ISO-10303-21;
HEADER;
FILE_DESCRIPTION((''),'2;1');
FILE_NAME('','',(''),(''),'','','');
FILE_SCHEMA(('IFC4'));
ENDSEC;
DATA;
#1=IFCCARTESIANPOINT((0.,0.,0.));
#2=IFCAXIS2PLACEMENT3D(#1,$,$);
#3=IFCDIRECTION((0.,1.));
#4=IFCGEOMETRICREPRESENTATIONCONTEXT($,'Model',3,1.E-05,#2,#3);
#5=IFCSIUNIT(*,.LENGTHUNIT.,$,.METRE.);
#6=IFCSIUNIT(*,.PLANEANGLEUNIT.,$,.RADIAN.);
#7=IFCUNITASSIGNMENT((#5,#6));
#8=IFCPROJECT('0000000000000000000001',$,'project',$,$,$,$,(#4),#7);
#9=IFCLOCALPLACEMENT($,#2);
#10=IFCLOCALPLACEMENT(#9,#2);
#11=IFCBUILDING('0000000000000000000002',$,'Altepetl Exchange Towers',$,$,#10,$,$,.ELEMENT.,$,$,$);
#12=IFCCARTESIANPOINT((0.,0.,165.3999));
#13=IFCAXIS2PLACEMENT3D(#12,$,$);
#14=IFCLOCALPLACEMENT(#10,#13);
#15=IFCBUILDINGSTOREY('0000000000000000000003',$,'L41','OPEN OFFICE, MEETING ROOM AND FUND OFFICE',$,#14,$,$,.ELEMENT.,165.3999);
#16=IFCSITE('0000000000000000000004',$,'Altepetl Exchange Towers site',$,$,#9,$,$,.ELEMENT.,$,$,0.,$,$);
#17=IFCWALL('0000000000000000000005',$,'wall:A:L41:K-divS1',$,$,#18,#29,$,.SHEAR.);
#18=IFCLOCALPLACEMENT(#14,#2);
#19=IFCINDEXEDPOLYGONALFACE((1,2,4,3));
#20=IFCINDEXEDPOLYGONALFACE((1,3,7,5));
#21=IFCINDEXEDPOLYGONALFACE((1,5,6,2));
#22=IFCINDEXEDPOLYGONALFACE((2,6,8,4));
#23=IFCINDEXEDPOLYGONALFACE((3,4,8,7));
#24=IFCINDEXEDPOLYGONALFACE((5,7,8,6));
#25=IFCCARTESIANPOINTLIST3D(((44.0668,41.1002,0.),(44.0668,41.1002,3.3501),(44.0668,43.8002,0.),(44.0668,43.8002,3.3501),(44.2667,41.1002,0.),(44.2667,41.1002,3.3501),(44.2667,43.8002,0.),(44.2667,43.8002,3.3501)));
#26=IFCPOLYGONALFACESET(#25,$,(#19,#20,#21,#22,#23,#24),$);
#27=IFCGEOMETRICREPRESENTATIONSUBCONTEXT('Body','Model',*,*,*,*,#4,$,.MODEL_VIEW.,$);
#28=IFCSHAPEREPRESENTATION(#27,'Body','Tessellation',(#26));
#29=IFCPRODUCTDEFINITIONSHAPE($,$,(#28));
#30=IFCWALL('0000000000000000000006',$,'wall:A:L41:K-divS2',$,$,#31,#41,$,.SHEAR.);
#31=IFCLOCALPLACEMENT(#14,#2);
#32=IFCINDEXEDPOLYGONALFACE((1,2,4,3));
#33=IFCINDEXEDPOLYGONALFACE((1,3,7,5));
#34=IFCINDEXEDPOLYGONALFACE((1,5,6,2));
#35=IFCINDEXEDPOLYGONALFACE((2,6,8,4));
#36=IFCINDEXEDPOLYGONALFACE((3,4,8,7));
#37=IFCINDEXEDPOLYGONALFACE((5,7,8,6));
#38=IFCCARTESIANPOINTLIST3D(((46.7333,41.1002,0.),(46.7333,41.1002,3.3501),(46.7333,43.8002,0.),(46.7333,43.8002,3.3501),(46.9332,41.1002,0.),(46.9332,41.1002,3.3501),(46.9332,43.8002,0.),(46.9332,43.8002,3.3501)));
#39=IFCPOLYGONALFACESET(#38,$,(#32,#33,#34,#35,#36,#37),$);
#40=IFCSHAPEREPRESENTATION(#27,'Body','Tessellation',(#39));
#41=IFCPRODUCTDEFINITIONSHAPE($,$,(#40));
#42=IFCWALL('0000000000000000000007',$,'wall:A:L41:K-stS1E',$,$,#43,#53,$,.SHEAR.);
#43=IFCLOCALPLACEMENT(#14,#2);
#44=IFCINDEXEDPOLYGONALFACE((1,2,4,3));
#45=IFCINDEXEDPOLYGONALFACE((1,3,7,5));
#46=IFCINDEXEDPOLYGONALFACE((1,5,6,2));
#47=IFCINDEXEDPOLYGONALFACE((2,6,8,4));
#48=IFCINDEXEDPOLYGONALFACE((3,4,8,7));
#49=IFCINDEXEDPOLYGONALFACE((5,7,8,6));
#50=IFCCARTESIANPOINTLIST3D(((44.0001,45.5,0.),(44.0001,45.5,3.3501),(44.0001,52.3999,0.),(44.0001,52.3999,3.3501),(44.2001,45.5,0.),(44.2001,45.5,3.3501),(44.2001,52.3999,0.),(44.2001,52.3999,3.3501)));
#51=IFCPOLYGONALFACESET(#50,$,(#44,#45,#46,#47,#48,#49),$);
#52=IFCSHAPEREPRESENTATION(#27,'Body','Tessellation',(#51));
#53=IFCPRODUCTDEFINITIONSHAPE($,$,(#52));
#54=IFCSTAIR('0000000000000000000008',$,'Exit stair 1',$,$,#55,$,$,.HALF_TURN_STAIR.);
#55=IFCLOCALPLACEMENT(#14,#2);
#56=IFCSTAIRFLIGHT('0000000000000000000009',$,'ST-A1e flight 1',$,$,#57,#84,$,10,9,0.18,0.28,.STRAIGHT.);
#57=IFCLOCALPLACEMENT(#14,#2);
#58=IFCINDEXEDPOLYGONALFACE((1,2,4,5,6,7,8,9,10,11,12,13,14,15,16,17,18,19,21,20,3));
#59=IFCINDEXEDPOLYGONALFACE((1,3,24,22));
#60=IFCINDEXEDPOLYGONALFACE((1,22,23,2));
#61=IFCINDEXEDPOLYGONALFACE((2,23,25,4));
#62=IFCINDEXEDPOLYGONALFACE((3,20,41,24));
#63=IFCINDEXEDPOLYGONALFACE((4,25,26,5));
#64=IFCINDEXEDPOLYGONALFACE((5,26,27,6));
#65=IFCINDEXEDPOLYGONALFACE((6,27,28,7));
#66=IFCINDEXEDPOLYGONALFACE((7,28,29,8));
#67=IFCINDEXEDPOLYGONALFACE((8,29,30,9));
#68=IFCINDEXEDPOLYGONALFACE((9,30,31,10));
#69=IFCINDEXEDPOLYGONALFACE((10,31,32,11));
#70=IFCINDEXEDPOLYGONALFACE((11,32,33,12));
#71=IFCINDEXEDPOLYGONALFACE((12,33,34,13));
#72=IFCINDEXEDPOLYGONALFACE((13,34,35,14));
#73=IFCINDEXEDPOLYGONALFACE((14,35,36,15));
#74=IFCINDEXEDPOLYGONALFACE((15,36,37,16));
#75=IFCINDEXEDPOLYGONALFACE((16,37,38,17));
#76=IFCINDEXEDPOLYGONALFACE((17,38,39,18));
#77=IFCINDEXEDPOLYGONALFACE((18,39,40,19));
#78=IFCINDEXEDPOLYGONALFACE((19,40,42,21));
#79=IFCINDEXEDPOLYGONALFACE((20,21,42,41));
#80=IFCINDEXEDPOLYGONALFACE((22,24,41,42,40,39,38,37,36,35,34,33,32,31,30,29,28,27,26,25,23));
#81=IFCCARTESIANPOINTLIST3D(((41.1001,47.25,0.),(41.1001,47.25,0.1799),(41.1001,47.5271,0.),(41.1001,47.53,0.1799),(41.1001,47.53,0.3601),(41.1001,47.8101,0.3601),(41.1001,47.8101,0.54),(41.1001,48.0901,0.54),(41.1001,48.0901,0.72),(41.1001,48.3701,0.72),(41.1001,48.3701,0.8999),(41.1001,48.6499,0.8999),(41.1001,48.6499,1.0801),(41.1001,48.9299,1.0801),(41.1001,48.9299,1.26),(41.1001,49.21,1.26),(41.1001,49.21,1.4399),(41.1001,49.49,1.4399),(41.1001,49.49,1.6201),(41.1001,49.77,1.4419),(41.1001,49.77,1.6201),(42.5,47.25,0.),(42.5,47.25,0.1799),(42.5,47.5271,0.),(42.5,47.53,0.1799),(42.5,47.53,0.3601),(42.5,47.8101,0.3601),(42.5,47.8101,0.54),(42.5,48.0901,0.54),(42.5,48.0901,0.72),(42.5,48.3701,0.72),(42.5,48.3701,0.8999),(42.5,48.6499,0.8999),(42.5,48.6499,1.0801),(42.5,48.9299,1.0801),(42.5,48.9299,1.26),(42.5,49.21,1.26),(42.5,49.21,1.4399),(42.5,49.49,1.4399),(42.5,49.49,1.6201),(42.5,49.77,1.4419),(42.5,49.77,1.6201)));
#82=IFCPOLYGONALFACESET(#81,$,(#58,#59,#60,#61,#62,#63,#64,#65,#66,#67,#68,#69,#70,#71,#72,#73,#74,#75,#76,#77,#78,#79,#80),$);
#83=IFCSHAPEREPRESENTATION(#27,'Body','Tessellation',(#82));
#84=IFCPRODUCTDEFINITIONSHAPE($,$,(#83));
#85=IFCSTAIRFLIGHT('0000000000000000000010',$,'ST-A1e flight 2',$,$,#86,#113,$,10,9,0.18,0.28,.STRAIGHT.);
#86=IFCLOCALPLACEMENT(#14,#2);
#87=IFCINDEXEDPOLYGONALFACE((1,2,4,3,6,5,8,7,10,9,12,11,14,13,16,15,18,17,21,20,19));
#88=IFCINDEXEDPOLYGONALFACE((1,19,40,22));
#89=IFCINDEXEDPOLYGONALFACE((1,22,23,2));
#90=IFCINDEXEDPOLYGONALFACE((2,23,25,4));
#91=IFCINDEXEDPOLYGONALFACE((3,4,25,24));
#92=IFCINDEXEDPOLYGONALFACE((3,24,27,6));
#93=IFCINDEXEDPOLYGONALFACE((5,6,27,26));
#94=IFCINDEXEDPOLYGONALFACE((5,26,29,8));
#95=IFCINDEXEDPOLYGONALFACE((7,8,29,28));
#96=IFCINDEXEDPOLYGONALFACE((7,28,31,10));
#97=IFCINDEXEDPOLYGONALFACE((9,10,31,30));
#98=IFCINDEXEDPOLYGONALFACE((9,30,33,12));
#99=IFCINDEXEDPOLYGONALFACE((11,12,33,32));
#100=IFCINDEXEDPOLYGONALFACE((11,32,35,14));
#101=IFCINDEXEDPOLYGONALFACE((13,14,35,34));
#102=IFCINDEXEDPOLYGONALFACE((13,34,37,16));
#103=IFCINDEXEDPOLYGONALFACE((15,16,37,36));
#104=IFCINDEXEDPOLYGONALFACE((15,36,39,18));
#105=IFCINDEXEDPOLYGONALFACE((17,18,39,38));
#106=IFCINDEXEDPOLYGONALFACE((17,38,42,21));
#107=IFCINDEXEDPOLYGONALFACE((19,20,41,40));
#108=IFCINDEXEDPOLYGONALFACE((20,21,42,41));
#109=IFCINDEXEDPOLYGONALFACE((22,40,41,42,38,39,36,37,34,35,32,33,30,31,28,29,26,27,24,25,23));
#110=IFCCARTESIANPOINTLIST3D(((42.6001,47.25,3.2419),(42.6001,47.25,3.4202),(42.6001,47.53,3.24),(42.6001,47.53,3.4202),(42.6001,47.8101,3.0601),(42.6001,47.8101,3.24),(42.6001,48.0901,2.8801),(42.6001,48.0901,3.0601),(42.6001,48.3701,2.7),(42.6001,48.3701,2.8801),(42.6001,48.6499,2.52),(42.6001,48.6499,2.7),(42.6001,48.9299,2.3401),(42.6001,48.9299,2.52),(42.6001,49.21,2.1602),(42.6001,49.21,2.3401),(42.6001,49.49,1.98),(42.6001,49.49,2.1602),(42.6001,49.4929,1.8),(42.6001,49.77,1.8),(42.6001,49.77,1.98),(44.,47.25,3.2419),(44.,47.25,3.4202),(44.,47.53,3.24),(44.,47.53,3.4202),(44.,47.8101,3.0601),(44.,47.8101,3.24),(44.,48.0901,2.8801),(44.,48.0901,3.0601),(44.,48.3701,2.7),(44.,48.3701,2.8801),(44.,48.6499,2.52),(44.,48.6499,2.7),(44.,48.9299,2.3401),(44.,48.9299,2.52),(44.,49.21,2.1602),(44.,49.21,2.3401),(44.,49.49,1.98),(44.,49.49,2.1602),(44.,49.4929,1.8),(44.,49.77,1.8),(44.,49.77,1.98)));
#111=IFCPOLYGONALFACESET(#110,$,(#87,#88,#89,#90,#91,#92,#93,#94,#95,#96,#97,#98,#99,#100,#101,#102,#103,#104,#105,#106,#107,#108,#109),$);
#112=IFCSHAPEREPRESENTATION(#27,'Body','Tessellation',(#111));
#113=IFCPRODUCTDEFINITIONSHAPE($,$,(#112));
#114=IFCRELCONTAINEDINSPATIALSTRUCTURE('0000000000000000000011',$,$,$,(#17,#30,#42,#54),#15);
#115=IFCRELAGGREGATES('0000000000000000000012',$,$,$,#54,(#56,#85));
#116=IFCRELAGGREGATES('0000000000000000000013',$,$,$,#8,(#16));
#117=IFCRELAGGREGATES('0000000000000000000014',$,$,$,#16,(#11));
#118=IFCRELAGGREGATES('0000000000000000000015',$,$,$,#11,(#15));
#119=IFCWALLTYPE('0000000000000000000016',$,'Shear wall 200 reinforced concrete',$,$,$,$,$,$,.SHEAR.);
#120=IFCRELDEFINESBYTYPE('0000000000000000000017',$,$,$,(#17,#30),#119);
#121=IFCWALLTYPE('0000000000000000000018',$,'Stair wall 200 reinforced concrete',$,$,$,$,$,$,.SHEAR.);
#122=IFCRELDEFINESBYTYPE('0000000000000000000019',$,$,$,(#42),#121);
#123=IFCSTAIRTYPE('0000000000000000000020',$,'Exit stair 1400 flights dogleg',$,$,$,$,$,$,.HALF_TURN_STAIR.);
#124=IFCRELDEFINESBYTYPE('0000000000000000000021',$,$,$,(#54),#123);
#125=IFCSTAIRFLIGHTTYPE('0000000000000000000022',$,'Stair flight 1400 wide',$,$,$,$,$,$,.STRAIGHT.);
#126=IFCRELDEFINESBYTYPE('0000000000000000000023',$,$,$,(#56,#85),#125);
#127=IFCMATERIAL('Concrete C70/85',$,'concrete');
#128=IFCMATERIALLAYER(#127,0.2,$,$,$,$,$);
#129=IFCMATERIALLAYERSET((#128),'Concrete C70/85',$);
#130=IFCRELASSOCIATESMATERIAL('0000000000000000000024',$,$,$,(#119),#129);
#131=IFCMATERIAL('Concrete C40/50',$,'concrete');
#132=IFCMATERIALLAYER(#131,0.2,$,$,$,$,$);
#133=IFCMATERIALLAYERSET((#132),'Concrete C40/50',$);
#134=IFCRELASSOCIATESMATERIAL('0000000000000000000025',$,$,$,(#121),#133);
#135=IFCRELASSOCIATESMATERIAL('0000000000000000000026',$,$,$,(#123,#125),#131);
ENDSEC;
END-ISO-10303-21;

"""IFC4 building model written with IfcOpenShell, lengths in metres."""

from ifc_helpers import new_model, si_unit, direction, frame, frame_2d, origin, place, context, subcontext, project, spatial, polyline, rectangle, outline, extrude, material, layer, layer_set, type_object, element, aggregate, save


model = new_model("IFC4")

# Units and contexts
model_context = context("Model", 3, precision=1e-05, world=origin(), true_north=direction((0.0, 1.0)))
body_context = subcontext(model_context, "Body", "Model", "MODEL_VIEW")
ifc_project = project(units=[si_unit("LENGTHUNIT", "METRE"), si_unit("PLANEANGLEUNIT", "RADIAN")], contexts=[model_context])

# Site, building, storey
site_placement = place(None, origin())
site = spatial("IfcSite", under=ifc_project, at=site_placement, Name="Altepetl Exchange Towers site", CompositionType="ELEMENT", RefElevation=0.0)
building_placement = place(site_placement, origin())
building = spatial("IfcBuilding", under=site, at=building_placement, Name="Altepetl Exchange Towers", CompositionType="ELEMENT")
storey_placement = place(building_placement, frame((0.0, 0.0, 165.3999)))
storey = spatial("IfcBuildingStorey", under=building, at=storey_placement, Name="L41", Description="OPEN OFFICE, MEETING ROOM AND FUND OFFICE", CompositionType="ELEMENT", Elevation=165.3999)

# Walls
ifc_material_1 = material(Name="Concrete C70/85", Category="concrete")
ifc_layer_1 = layer(ifc_material_1, 0.2)
ifc_layer_set_1 = layer_set([ifc_layer_1], Name="Concrete C70/85")
wall_type_1 = type_object("IfcWallType", Name="Shear wall 200 reinforced concrete", PredefinedType="SHEAR", material=ifc_layer_set_1)
for number, where, z_axis, x_axis, name in (
    (1, (44.1667, 41.1001, 0.0), (0.0, 0.0, 1.0), (0.0, 1.0, 0.0), "wall:A:L41:K-divS1"),
    (2, (46.8333, 41.1001, 0.0), (0.0, 0.0, 1.0), (0.0, 1.0, 0.0), "wall:A:L41:K-divS2"),
):
    element("IfcWall", number, at=place(storey_placement, frame(where, z_axis=z_axis, x_axis=x_axis)), inside=storey, type_object=wall_type_1, Name=name, PredefinedType="SHEAR", context=body_context, shape_type="SweptSolid", body=[
        extrude(rectangle(XDim=2.7, YDim=0.2, at=frame_2d((1.3501, 0.0))), origin(), (0.0, 0.0, 1.0), 3.3501),
    ])
ifc_material_2 = material(Name="Concrete C40/50", Category="concrete")
ifc_layer_2 = layer(ifc_material_2, 0.2)
ifc_layer_set_2 = layer_set([ifc_layer_2], Name="Concrete C40/50")
wall_type_2 = type_object("IfcWallType", Name="Stair wall 200 reinforced concrete", PredefinedType="SHEAR", material=ifc_layer_set_2)
wall_1_placement = place(storey_placement, frame((44.1001, 45.5, 0.0), z_axis=(0.0, 0.0, 1.0), x_axis=(0.0, 1.0, 0.0)))
element("IfcWall", 3, at=wall_1_placement, inside=storey, type_object=wall_type_2, Name="wall:A:L41:K-stS1E", PredefinedType="SHEAR", context=body_context, shape_type="SweptSolid", body=[
    extrude(rectangle(XDim=6.8999, YDim=0.2, at=frame_2d((3.45, 0.0))), origin(), (0.0, 0.0, 1.0), 3.3501),
])

# Stair, stair flights
stair_type = type_object("IfcStairType", Name="Exit stair 1400 flights dogleg", PredefinedType="HALF_TURN_STAIR", material=ifc_material_2)
stair_placement = place(storey_placement, origin())
stair = element("IfcStair", 4, at=stair_placement, inside=storey, type_object=stair_type, Name="Exit stair 1", PredefinedType="HALF_TURN_STAIR")
stair_flight_type = type_object("IfcStairFlightType", Name="Stair flight 1400 wide", PredefinedType="STRAIGHT", material=ifc_material_2)
stair_flight_1_placement = place(storey_placement, frame((41.8, 47.25, 0.0), z_axis=(0.0, 0.0, 1.0), x_axis=(0.0, 1.0, 0.0)))
stair_flight_1 = element("IfcStairFlight", 5, at=stair_flight_1_placement, type_object=stair_flight_type, Name="ST-A1e flight 1", NumberOfRisers=10, NumberOfTreads=9, PredefinedType="STRAIGHT", RiserHeight=0.18, TreadLength=0.28, context=body_context, shape_type="SweptSolid", body=[
    extrude(outline(polyline([(0.0, 0.0), (0.0, 0.1799), (0.28, 0.1799), (0.28, 0.3601), (0.5601, 0.3601), (0.5601, 0.54), (0.8401, 0.54), (0.8401, 0.72), (1.1201, 0.72), (1.1201, 0.8999), (1.3999, 0.8999), (1.3999, 1.0801), (1.6799, 1.0801), (1.6799, 1.26), (1.96, 1.26), (1.96, 1.4399), (2.24, 1.4399), (2.24, 1.6201), (2.52, 1.6201), (2.52, 1.8), (2.52, 1.4419), (0.2771, 0.0), (0.0, 0.0)])), frame((0.0, 0.7, 0.0), z_axis=(0.0, -1.0, 0.0), x_axis=(1.0, 0.0, 0.0)), (0.0, 0.0, 1.0), 1.3999),
])
stair_flight_2_placement = place(storey_placement, frame((43.3, 49.77, 1.8), z_axis=(0.0, 0.0, 1.0), x_axis=(0.0, -1.0, 0.0)))
stair_flight_2 = element("IfcStairFlight", 6, at=stair_flight_2_placement, type_object=stair_flight_type, Name="ST-A1e flight 2", NumberOfRisers=10, NumberOfTreads=9, PredefinedType="STRAIGHT", RiserHeight=0.18, TreadLength=0.28, context=body_context, shape_type="SweptSolid", body=[
    extrude(outline(polyline([(0.0, 0.0), (0.0, 0.1799), (0.28, 0.1799), (0.28, 0.3601), (0.5601, 0.3601), (0.5601, 0.54), (0.8401, 0.54), (0.8401, 0.72), (1.1201, 0.72), (1.1201, 0.8999), (1.3999, 0.8999), (1.3999, 1.0801), (1.6799, 1.0801), (1.6799, 1.26), (1.96, 1.26), (1.96, 1.4399), (2.24, 1.4399), (2.24, 1.6201), (2.52, 1.6201), (2.52, 1.8), (2.52, 1.4419), (0.2771, 0.0), (0.0, 0.0)])), frame((0.0, 0.7, 0.0), z_axis=(0.0, -1.0, 0.0), x_axis=(1.0, 0.0, 0.0)), (0.0, 0.0, 1.0), 1.3999),
])
aggregate(stair, [stair_flight_1, stair_flight_2])

save(model, "model.ifc")
